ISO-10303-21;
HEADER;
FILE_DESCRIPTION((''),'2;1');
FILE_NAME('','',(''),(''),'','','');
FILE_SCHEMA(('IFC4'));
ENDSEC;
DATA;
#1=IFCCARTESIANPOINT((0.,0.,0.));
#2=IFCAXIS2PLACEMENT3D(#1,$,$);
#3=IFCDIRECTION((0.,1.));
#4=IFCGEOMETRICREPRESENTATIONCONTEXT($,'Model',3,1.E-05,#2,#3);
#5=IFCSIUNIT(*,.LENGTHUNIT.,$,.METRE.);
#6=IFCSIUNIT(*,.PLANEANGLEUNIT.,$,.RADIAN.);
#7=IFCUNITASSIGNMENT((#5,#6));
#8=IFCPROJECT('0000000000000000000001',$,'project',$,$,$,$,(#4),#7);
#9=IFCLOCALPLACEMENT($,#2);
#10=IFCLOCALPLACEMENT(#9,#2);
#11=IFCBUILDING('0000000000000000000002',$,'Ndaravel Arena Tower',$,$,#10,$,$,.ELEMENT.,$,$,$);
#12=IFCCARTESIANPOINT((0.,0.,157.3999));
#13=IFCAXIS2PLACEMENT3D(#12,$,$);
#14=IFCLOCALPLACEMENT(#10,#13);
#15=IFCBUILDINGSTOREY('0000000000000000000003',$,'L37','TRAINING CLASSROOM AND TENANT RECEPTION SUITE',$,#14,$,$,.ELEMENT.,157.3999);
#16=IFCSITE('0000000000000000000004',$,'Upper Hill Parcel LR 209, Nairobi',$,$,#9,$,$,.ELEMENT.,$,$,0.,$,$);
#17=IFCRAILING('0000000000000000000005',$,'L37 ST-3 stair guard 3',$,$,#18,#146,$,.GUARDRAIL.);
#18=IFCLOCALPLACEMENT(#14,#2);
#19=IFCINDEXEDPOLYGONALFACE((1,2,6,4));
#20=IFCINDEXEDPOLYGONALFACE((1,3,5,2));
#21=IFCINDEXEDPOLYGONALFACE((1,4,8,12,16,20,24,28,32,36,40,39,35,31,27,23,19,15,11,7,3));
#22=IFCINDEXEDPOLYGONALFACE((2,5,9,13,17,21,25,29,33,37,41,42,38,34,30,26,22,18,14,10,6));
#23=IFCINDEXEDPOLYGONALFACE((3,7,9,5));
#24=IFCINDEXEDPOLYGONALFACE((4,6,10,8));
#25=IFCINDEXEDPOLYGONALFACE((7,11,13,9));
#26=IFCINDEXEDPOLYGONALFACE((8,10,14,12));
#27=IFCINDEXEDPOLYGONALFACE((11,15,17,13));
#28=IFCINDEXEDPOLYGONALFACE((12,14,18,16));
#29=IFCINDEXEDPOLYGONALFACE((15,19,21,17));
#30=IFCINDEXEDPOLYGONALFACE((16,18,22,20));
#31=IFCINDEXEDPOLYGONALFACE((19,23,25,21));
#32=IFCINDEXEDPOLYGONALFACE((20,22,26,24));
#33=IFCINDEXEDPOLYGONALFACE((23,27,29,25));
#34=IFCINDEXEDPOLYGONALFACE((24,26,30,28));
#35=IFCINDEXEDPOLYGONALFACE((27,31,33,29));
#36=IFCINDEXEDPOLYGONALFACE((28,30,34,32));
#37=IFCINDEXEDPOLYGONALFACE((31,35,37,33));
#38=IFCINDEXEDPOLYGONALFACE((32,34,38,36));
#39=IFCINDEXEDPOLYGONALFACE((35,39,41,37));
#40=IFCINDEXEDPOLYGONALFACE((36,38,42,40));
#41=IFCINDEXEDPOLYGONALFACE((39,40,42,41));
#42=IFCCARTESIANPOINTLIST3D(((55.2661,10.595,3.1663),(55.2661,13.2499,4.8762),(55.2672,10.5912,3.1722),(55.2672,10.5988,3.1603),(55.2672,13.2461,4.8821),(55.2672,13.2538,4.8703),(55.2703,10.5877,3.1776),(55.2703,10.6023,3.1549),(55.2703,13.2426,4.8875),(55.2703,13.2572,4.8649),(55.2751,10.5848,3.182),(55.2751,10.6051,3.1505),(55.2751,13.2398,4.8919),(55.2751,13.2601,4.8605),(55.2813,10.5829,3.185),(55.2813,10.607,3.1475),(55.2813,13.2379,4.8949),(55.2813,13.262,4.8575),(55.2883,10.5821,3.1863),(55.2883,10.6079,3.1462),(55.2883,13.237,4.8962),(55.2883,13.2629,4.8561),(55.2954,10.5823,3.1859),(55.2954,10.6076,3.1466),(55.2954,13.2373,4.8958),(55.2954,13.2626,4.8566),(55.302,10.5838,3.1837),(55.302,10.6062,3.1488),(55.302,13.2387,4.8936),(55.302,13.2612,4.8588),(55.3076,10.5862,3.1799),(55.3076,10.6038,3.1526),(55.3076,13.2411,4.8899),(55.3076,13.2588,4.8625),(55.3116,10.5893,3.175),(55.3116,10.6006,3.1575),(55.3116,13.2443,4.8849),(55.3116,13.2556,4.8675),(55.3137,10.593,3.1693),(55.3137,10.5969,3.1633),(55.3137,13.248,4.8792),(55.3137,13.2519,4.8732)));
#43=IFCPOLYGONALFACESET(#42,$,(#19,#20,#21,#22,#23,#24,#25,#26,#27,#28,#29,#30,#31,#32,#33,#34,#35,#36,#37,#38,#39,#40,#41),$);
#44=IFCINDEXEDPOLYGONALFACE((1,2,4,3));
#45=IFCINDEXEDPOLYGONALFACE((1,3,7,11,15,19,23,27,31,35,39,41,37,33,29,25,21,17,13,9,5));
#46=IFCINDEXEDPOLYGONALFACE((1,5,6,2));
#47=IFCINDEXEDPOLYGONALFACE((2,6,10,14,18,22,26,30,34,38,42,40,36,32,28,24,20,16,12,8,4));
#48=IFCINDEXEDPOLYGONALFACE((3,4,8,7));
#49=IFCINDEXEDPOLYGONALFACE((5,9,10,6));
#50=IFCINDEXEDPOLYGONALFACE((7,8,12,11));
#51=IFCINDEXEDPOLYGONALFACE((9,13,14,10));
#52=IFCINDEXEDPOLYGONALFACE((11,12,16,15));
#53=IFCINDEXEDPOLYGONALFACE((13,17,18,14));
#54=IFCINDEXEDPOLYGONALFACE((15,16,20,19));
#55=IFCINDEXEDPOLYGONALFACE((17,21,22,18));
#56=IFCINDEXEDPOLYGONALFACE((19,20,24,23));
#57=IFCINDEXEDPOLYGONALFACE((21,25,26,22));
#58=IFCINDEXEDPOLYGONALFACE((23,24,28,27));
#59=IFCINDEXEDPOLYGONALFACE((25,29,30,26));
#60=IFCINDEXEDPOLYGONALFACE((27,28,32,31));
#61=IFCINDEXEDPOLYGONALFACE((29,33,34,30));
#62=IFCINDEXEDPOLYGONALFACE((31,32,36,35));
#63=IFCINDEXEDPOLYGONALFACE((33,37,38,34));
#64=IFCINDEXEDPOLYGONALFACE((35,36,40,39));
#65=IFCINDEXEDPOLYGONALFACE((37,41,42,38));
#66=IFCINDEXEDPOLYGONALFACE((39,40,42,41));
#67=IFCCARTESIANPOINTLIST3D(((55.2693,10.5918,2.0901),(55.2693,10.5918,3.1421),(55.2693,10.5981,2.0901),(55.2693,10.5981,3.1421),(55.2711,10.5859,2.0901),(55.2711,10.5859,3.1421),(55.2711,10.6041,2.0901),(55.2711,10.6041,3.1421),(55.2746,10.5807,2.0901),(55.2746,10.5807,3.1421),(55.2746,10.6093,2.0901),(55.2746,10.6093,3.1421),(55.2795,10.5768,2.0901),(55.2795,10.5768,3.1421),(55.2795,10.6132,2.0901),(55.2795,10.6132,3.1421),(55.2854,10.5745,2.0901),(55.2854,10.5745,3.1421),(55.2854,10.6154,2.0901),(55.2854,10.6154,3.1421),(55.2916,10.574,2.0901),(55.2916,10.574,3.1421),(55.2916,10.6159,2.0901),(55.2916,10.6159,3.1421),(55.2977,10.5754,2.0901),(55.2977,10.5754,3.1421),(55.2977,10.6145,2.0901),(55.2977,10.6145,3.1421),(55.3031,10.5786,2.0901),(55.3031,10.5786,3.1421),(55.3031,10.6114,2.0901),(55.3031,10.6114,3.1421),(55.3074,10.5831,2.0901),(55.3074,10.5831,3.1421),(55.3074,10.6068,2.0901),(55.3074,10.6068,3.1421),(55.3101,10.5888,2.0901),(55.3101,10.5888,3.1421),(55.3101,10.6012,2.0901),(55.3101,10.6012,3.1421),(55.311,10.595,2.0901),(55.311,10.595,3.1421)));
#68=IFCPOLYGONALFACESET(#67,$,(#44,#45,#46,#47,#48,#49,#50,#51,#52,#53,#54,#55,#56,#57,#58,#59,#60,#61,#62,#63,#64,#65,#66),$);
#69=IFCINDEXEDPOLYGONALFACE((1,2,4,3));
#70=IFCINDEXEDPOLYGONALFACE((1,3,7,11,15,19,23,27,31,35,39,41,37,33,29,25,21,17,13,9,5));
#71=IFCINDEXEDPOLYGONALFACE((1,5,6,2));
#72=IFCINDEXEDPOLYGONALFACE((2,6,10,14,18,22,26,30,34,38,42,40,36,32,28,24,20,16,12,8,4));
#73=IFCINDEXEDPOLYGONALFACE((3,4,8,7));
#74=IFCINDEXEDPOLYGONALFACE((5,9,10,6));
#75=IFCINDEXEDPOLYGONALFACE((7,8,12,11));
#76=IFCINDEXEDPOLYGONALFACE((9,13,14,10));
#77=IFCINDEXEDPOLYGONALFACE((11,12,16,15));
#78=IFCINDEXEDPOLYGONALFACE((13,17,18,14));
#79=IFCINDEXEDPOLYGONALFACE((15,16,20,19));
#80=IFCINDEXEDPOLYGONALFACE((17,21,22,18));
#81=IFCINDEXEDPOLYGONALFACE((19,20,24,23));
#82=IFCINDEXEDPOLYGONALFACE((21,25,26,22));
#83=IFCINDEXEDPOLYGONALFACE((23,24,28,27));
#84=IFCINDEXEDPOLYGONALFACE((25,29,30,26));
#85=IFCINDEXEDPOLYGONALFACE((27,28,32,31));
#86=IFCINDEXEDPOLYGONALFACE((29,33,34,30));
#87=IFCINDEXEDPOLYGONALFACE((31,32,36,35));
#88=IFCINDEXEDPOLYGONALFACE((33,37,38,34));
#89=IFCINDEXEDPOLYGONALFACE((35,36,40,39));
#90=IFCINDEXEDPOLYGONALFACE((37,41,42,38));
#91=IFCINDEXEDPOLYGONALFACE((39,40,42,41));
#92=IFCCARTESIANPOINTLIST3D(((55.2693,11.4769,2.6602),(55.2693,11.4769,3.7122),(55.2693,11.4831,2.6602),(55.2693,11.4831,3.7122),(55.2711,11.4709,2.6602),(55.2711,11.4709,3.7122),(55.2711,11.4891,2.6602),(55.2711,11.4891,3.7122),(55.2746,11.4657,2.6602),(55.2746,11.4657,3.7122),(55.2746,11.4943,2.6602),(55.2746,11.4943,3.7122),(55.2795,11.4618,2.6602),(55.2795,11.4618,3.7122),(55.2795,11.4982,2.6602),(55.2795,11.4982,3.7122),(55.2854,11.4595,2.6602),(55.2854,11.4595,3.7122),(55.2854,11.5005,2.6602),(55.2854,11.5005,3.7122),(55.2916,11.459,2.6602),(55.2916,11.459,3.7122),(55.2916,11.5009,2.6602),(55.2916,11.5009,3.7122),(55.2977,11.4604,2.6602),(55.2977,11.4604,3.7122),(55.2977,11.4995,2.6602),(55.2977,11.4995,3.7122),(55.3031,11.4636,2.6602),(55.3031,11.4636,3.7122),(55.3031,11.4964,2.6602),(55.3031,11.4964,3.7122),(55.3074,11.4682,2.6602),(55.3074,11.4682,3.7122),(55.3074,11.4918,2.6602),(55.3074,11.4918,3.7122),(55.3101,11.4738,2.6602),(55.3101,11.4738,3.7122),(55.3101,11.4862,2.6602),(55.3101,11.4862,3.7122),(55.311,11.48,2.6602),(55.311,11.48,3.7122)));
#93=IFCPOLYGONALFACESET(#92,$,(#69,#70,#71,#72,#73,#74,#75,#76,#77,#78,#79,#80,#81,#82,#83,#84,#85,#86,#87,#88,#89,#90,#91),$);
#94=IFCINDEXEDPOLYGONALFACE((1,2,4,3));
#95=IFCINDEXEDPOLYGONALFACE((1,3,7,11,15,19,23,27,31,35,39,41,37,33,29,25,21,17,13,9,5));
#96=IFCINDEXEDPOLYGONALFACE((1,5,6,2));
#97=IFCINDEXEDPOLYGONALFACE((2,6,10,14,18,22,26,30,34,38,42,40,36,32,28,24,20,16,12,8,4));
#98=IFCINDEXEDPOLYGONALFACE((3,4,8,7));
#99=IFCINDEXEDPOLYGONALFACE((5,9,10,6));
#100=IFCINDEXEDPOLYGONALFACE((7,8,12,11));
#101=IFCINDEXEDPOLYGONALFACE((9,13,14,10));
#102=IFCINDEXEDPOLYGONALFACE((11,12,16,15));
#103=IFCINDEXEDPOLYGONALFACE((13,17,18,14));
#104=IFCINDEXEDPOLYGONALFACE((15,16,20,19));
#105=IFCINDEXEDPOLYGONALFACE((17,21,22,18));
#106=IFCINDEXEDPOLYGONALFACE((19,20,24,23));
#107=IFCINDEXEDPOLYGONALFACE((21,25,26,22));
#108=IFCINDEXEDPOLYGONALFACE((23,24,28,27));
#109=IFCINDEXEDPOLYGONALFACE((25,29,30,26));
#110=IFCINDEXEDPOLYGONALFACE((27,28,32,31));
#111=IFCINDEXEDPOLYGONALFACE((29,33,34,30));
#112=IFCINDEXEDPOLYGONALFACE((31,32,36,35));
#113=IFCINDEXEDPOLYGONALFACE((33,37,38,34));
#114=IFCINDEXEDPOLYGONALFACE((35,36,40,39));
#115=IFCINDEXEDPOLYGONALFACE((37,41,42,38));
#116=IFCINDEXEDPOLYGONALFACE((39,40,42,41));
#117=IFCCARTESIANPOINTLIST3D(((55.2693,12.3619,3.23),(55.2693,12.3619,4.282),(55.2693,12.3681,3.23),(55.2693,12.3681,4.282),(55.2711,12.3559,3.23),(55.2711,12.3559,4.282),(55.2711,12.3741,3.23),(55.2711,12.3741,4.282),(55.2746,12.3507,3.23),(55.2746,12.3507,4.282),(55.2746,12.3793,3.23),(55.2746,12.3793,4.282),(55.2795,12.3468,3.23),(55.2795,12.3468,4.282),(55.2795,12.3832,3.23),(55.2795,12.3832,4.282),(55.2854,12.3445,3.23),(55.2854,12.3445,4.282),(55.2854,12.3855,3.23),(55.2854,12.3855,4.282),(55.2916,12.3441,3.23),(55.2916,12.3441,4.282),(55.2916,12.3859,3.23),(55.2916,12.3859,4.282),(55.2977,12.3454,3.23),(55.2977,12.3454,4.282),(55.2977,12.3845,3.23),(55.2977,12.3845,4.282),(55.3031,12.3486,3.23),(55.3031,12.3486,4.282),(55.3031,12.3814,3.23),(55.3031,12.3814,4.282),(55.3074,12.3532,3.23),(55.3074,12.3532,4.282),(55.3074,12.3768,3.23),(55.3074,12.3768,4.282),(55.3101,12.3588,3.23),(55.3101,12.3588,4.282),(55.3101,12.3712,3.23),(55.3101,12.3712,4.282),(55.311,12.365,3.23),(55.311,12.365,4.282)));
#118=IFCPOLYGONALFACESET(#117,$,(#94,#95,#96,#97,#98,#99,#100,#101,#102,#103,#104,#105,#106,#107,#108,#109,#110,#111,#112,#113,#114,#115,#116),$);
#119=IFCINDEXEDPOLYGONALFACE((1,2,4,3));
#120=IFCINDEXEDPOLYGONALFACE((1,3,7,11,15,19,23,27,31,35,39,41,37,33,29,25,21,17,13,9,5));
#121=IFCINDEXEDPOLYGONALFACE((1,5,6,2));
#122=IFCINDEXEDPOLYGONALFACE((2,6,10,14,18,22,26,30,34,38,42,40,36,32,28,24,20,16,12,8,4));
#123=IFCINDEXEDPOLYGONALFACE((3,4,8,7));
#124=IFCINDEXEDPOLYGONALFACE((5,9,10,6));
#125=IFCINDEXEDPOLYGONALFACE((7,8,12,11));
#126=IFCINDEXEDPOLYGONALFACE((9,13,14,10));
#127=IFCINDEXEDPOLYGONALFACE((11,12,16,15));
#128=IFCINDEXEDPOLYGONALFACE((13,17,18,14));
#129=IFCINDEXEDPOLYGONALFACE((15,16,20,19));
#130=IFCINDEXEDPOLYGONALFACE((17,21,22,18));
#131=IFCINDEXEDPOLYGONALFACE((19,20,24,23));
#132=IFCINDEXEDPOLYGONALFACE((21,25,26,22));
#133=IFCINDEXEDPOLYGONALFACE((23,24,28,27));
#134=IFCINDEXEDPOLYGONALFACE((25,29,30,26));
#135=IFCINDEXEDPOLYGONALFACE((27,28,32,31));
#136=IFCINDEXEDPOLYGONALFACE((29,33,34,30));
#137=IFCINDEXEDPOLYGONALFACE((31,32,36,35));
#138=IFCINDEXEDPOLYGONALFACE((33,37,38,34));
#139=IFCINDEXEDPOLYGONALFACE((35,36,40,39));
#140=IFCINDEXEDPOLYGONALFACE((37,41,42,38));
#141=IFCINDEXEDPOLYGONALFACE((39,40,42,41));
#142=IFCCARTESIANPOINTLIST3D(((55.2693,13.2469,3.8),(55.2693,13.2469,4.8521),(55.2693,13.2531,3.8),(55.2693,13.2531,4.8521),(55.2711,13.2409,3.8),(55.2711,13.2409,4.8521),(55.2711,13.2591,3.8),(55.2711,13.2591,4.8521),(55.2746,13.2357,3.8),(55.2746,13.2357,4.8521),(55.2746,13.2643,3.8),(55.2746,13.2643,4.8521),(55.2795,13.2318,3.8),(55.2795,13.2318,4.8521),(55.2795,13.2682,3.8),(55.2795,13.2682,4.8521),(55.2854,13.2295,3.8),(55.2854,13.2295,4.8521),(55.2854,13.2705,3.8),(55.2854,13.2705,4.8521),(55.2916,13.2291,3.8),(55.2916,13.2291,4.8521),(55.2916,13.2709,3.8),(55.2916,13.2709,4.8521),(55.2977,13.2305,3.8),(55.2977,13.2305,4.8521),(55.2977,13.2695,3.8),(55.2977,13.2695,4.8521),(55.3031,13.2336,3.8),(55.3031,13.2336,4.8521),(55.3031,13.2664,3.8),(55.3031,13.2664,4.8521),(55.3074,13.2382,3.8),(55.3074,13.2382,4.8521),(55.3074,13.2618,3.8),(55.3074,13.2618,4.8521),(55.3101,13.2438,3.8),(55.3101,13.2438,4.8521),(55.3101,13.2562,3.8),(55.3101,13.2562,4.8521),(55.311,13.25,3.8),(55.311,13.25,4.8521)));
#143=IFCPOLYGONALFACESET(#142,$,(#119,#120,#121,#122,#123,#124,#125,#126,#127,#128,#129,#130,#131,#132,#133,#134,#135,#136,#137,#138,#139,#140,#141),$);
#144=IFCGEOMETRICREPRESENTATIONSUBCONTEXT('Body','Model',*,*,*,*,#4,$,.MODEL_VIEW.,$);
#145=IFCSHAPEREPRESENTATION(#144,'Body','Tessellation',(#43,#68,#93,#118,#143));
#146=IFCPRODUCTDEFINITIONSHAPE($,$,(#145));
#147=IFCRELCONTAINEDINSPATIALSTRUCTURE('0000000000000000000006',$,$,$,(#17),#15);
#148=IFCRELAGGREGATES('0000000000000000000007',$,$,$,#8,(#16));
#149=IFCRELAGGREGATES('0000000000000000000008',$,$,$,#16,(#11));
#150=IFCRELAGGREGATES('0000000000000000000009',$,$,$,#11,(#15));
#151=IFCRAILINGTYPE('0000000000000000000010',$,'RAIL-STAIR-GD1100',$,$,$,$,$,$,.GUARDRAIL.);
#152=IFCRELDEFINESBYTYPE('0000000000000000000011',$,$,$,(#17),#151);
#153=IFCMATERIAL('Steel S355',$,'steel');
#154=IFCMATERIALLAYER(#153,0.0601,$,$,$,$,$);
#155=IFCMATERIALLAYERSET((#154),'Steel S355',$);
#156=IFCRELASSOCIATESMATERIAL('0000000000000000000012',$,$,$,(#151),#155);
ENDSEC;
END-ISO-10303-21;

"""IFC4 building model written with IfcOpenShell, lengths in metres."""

from ifc_helpers import new_model, si_unit, direction, frame, origin, origin_2d, place, context, subcontext, project, spatial, circle, extrude, material, layer, layer_set, type_object, element, save


model = new_model("IFC4")

# Units and contexts
model_context = context("Model", 3, precision=1e-05, world=origin(), true_north=direction((0.0, 1.0)))
body_context = subcontext(model_context, "Body", "Model", "MODEL_VIEW")
ifc_project = project(units=[si_unit("LENGTHUNIT", "METRE"), si_unit("PLANEANGLEUNIT", "RADIAN")], contexts=[model_context])

# Site, building, storey
site_placement = place(None, origin())
site = spatial("IfcSite", under=ifc_project, at=site_placement, Name="Upper Hill Parcel LR 209, Nairobi", CompositionType="ELEMENT", RefElevation=0.0)
building_placement = place(site_placement, origin())
building = spatial("IfcBuilding", under=site, at=building_placement, Name="Ndaravel Arena Tower", CompositionType="ELEMENT")
storey_placement = place(building_placement, frame((0.0, 0.0, 157.3999)))
storey = spatial("IfcBuildingStorey", under=building, at=storey_placement, Name="L37", Description="TRAINING CLASSROOM AND TENANT RECEPTION SUITE", CompositionType="ELEMENT", Elevation=157.3999)

# Railing
ifc_material_1 = material(Name="Steel S355", Category="steel")
ifc_layer_1 = layer(ifc_material_1, 0.0601)
ifc_layer_set_1 = layer_set([ifc_layer_1], Name="Steel S355")
railing_type_1 = type_object("IfcRailingType", Name="RAIL-STAIR-GD1100", PredefinedType="GUARDRAIL", material=ifc_layer_set_1)
railing_1_placement = place(storey_placement, frame((55.29, 10.595, 2.0901)))
element("IfcRailing", 1, at=railing_1_placement, inside=storey, type_object=railing_type_1, Name="L37 ST-3 stair guard 3", PredefinedType="GUARDRAIL", context=body_context, shape_type="SweptSolid", body=[
    extrude(circle(Radius=0.0239, at=origin_2d()), frame((0.0, 0.0, 1.0762), z_axis=(0.0, 0.840724, 0.541465), x_axis=(-1.0, 0.0, 0.0)), (0.0, 0.0, 1.0), 3.158),
    extrude(circle(Radius=0.021, at=origin_2d()), origin(), (0.0, 0.0, 1.0), 1.052),
    extrude(circle(Radius=0.021, at=origin_2d()), frame((0.0, 0.885, 0.5701)), (0.0, 0.0, 1.0), 1.052),
    extrude(circle(Radius=0.021, at=origin_2d()), frame((0.0, 1.77, 1.1399)), (0.0, 0.0, 1.0), 1.052),
    extrude(circle(Radius=0.021, at=origin_2d()), frame((0.0, 2.655, 1.71)), (0.0, 0.0, 1.0), 1.052),
])

save(model, "model.ifc")
